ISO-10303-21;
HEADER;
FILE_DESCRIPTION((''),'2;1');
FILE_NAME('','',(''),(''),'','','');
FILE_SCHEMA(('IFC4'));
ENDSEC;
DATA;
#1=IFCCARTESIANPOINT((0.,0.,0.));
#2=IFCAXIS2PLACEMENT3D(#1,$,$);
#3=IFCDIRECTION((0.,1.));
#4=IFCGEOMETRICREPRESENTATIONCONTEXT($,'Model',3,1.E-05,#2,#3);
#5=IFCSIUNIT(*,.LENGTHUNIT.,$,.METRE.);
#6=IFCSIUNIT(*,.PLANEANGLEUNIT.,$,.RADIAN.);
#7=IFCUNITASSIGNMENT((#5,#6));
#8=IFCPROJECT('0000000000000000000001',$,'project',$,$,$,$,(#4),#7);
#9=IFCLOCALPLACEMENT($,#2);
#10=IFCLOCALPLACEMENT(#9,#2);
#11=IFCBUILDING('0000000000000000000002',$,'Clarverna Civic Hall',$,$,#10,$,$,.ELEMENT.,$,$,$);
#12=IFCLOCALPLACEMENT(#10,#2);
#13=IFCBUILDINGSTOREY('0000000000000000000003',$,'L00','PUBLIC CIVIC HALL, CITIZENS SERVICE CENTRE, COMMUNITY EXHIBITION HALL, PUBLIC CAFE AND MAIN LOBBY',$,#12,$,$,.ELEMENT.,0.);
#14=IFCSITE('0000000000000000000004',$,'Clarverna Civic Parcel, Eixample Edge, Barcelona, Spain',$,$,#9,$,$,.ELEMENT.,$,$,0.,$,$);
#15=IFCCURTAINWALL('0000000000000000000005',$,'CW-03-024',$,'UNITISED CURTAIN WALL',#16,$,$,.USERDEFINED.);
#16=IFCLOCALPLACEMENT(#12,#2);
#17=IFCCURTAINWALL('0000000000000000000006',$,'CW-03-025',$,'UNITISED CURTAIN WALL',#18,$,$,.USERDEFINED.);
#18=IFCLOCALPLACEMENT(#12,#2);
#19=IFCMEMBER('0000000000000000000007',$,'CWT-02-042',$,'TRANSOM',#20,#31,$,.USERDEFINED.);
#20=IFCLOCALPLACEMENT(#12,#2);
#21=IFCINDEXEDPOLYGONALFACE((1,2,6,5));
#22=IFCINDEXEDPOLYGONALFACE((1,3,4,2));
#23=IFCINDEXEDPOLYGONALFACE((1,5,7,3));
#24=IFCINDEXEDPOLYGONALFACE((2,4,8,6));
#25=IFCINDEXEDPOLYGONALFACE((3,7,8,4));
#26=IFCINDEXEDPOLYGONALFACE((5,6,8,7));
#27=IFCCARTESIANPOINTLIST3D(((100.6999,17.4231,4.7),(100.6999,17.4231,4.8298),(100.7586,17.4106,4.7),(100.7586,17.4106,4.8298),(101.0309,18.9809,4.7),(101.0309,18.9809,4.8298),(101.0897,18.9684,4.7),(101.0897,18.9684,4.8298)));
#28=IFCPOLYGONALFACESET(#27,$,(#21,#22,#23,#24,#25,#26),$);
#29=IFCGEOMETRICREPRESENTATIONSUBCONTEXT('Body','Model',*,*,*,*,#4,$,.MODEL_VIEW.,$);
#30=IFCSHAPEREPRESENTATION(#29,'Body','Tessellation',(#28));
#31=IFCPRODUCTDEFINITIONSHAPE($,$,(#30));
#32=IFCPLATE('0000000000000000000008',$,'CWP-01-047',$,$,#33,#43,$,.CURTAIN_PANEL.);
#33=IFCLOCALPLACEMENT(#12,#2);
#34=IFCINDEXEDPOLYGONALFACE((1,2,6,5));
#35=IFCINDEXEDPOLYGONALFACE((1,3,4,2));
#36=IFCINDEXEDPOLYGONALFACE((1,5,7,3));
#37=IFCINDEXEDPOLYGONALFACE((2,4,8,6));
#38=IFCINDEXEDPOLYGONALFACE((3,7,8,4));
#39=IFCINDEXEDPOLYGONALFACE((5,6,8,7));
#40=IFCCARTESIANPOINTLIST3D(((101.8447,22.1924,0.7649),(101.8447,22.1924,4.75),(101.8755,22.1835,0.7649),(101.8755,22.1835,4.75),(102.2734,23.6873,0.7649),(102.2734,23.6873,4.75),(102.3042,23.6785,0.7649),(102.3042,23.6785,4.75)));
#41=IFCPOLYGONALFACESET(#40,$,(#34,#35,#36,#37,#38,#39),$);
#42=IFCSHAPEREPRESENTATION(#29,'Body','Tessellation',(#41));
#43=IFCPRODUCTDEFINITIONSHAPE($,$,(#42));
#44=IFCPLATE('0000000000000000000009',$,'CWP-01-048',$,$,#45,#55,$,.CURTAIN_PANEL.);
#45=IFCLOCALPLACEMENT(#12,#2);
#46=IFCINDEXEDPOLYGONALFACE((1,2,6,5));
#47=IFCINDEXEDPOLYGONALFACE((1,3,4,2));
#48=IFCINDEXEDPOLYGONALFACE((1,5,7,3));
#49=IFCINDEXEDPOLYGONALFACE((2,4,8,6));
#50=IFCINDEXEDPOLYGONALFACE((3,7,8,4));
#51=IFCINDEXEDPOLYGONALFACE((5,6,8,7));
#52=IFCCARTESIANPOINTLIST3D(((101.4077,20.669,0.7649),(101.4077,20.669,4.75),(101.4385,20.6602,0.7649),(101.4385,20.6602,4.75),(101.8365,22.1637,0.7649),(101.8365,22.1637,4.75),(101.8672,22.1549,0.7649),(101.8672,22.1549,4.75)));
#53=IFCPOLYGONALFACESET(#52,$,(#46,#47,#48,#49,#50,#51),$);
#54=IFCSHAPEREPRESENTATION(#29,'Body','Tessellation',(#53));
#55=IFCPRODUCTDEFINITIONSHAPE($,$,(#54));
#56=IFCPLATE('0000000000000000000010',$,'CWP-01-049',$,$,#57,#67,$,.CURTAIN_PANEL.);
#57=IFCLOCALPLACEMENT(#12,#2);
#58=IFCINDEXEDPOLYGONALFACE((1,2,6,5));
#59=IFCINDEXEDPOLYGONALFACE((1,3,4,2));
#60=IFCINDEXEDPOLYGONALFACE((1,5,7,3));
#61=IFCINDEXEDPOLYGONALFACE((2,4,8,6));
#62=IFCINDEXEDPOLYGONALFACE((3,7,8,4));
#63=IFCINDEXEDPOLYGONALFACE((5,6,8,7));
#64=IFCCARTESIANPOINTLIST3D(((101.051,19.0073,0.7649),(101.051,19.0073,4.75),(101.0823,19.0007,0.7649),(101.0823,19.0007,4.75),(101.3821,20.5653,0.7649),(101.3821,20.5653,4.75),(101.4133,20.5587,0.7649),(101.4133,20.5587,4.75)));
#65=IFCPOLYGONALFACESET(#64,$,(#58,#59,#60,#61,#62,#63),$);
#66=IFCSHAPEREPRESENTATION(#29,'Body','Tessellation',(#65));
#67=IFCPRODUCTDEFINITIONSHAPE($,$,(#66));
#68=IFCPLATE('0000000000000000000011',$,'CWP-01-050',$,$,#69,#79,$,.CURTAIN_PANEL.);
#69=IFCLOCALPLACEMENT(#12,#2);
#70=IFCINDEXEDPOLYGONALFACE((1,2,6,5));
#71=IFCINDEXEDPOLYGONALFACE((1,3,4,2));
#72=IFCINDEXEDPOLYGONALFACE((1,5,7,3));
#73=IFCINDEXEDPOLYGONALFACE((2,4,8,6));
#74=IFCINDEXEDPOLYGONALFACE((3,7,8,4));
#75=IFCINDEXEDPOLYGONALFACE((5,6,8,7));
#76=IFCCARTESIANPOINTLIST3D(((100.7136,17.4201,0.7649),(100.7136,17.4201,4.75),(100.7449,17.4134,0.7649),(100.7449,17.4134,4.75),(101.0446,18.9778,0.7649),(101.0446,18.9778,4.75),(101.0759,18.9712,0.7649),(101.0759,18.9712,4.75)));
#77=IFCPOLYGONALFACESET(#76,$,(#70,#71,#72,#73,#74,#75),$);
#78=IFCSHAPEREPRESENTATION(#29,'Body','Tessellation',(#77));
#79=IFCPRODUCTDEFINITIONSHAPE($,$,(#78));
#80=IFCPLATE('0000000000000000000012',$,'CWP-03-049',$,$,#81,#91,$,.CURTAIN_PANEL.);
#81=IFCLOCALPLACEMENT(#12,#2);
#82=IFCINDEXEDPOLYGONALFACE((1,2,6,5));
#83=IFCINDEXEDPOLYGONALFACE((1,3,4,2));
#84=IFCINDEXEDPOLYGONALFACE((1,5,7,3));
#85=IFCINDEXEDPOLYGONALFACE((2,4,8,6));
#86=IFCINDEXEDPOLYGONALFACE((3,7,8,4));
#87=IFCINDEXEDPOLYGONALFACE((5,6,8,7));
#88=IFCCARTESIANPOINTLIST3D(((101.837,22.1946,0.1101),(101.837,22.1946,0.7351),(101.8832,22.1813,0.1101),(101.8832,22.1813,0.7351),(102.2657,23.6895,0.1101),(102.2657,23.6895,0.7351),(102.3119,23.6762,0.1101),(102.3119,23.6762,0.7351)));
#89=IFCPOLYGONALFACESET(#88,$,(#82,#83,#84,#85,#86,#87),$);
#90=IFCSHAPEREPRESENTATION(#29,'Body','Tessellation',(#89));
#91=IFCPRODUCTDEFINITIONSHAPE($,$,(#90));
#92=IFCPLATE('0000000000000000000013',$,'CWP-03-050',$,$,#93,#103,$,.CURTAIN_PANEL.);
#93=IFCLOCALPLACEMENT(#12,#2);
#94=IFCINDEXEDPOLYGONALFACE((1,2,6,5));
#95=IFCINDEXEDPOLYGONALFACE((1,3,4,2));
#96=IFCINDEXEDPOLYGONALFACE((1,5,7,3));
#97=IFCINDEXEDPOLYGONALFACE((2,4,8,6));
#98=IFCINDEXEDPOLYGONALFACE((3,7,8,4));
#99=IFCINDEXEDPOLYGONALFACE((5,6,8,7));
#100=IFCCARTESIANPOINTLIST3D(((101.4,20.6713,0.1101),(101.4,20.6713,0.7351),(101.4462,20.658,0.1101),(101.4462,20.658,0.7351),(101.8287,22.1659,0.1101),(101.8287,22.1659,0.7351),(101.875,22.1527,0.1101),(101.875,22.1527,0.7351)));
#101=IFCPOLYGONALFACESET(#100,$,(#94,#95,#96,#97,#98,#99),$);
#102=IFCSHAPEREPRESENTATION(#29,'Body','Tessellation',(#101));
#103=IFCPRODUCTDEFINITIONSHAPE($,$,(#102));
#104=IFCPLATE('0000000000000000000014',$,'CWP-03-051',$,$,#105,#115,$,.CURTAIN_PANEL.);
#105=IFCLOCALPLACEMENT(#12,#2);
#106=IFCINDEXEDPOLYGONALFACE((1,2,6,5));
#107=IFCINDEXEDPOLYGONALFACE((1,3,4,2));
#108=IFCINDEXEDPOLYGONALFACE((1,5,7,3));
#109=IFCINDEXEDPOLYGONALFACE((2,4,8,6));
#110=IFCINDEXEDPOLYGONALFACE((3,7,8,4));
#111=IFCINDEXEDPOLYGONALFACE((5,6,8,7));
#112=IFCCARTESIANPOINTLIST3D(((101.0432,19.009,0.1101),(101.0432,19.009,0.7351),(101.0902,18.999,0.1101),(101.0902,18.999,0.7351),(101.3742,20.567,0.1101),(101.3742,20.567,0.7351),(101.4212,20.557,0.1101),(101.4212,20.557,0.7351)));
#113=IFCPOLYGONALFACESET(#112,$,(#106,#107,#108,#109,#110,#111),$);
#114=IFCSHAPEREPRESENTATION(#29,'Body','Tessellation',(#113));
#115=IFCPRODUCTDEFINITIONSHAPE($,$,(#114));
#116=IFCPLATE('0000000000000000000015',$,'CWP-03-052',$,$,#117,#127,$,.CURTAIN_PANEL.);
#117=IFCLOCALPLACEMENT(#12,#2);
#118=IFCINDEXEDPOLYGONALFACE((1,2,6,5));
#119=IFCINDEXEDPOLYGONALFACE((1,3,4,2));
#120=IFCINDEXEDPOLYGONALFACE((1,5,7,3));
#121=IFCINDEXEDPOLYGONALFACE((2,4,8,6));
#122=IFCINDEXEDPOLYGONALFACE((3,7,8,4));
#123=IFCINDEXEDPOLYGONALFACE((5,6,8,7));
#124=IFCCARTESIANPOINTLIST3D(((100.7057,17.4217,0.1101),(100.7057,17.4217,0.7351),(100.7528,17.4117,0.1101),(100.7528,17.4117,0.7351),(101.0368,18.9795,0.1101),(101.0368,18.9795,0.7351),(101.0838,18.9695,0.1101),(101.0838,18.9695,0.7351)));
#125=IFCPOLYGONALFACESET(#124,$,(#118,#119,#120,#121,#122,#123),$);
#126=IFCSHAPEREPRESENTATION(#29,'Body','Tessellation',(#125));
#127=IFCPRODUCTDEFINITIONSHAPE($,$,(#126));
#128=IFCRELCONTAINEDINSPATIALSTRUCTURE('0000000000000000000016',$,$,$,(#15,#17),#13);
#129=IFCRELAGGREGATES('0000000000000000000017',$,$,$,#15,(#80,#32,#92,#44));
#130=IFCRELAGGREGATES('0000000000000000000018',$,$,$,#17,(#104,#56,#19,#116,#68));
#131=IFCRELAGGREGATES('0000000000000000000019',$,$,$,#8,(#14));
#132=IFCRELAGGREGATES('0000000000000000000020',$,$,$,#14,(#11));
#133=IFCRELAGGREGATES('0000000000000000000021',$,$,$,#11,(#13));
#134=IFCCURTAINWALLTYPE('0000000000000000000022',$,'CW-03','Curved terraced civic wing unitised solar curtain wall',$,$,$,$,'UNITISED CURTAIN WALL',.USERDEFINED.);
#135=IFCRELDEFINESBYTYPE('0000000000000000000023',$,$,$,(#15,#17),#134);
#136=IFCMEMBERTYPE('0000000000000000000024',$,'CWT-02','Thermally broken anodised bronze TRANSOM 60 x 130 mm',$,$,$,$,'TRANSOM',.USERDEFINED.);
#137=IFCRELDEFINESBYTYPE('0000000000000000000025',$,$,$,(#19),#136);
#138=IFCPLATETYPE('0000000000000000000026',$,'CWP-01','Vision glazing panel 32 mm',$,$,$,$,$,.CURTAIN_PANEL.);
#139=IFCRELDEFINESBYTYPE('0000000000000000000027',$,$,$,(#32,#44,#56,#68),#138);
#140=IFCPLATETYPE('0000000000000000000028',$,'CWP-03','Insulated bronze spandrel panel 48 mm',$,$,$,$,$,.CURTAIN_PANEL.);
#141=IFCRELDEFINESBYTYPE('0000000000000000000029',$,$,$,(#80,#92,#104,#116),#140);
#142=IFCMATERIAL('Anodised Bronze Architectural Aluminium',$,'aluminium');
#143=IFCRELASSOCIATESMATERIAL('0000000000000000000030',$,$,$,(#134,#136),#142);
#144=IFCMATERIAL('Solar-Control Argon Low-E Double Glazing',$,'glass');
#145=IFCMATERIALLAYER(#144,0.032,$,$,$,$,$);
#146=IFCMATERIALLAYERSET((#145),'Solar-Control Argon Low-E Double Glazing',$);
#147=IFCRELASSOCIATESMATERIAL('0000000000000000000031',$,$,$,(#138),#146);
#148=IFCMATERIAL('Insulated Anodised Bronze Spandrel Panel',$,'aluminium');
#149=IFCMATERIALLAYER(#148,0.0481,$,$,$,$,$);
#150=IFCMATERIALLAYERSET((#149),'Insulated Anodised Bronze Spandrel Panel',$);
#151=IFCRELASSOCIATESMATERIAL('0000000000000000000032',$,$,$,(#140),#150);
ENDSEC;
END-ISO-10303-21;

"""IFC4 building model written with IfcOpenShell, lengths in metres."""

from ifc_helpers import new_model, si_unit, direction, frame, frame_2d, origin, origin_2d, place, context, subcontext, project, spatial, rectangle, extrude, material, layer, layer_set, material_profile, profile_set, type_object, element, aggregate, save


model = new_model("IFC4")

# Units and contexts
model_context = context("Model", 3, precision=1e-05, world=origin(), true_north=direction((0.0, 1.0)))
body_context = subcontext(model_context, "Body", "Model", "MODEL_VIEW")
ifc_project = project(units=[si_unit("LENGTHUNIT", "METRE"), si_unit("PLANEANGLEUNIT", "RADIAN")], contexts=[model_context])

# Site, building, storey
site_placement = place(None, origin())
site = spatial("IfcSite", under=ifc_project, at=site_placement, Name="Clarverna Civic Parcel, Eixample Edge, Barcelona, Spain", CompositionType="ELEMENT", RefElevation=0.0)
building_placement = place(site_placement, origin())
building = spatial("IfcBuilding", under=site, at=building_placement, Name="Clarverna Civic Hall", CompositionType="ELEMENT")
storey_placement = place(building_placement, origin())
storey = spatial("IfcBuildingStorey", under=building, at=storey_placement, Name="L00", Description="PUBLIC CIVIC HALL, CITIZENS SERVICE CENTRE, COMMUNITY EXHIBITION HALL, PUBLIC CAFE AND MAIN LOBBY", CompositionType="ELEMENT", Elevation=0.0)

# Curtain walls
ifc_material_1 = material(Name="Anodised Bronze Architectural Aluminium", Category="aluminium")
curtain_wall_type = type_object("IfcCurtainWallType", Name="CW-03", Description="Curved terraced civic wing unitised solar curtain wall", ElementType="UNITISED CURTAIN WALL", PredefinedType="USERDEFINED", material=ifc_material_1)
curtain_wall_1_placement = place(storey_placement, origin())
curtain_wall_1 = element("IfcCurtainWall", 1, at=curtain_wall_1_placement, inside=storey, type_object=curtain_wall_type, Name="CW-03-024", ObjectType="UNITISED CURTAIN WALL", PredefinedType="USERDEFINED")
curtain_wall_2_placement = place(storey_placement, origin())
curtain_wall_2 = element("IfcCurtainWall", 2, at=curtain_wall_2_placement, inside=storey, type_object=curtain_wall_type, Name="CW-03-025", ObjectType="UNITISED CURTAIN WALL", PredefinedType="USERDEFINED")

# Member
ifc_material_profile_1 = material_profile(ifc_material_1, rectangle(XDim=0.0601, YDim=0.1299, at=origin_2d()), Name="BRONZE 60x130")
ifc_profile_set_1 = profile_set([ifc_material_profile_1], Name="Anodised Bronze Architectural Aluminium")
member_type_1 = type_object("IfcMemberType", Name="CWT-02", Description="Thermally broken anodised bronze TRANSOM 60 x 130 mm", ElementType="TRANSOM", PredefinedType="USERDEFINED", material=ifc_profile_set_1)
member_1_placement = place(storey_placement, frame((101.0603, 18.9746, 4.7649), z_axis=(-0.207864, -0.978158, 0.0), x_axis=(0.978158, -0.207864, 0.0)))
member_1 = element("IfcMember", 3, at=member_1_placement, type_object=member_type_1, Name="CWT-02-042", ObjectType="TRANSOM", PredefinedType="USERDEFINED", context=body_context, shape_type="SweptSolid", body=[
    extrude(rectangle(XDim=0.0601, YDim=0.1299, at=origin_2d()), origin(), (0.0, 0.0, 1.0), 1.5925),
])

# Plates
ifc_material_2 = material(Name="Solar-Control Argon Low-E Double Glazing", Category="glass")
ifc_layer_1 = layer(ifc_material_2, 0.032)
ifc_layer_set_1 = layer_set([ifc_layer_1], Name="Solar-Control Argon Low-E Double Glazing")
plate_type_1 = type_object("IfcPlateType", Name="CWP-01", Description="Vision glazing panel 32 mm", PredefinedType="CURTAIN_PANEL", material=ifc_layer_set_1)
plate_1_placement = place(storey_placement, frame((102.2888, 23.6829, 0.7649), z_axis=(0.0, 0.0, 1.0), x_axis=(-0.275675, -0.961251, 0.0)))
plate_1 = element("IfcPlate", 4, at=plate_1_placement, type_object=plate_type_1, Name="CWP-01-047", PredefinedType="CURTAIN_PANEL", context=body_context, shape_type="SweptSolid", body=[
    extrude(rectangle(XDim=1.5552, YDim=0.032, at=frame_2d((0.7776, 0.0))), origin(), (0.0, 0.0, 1.0), 3.9851),
])
plate_2_placement = place(storey_placement, frame((101.8518, 22.1592, 0.7649), z_axis=(0.0, 0.0, 1.0), x_axis=(-0.275716, -0.961239, 0.0)))
plate_2 = element("IfcPlate", 5, at=plate_2_placement, type_object=plate_type_1, Name="CWP-01-048", PredefinedType="CURTAIN_PANEL", context=body_context, shape_type="SweptSolid", body=[
    extrude(rectangle(XDim=1.5549, YDim=0.032, at=frame_2d((0.7773, 0.0))), origin(), (0.0, 0.0, 1.0), 3.9851),
])
plate_3_placement = place(storey_placement, frame((101.3977, 20.562, 0.7649), z_axis=(0.0, 0.0, 1.0), x_axis=(-0.207833, -0.978164, 0.0)))
plate_3 = element("IfcPlate", 6, at=plate_3_placement, type_object=plate_type_1, Name="CWP-01-049", PredefinedType="CURTAIN_PANEL", context=body_context, shape_type="SweptSolid", body=[
    extrude(rectangle(XDim=1.5928, YDim=0.032, at=frame_2d((0.7964, 0.0))), origin(), (0.0, 0.0, 1.0), 3.9851),
])
plate_4_placement = place(storey_placement, frame((101.0603, 18.9746, 0.7649), z_axis=(0.0, 0.0, 1.0), x_axis=(-0.207864, -0.978158, 0.0)))
plate_4 = element("IfcPlate", 7, at=plate_4_placement, type_object=plate_type_1, Name="CWP-01-050", PredefinedType="CURTAIN_PANEL", context=body_context, shape_type="SweptSolid", body=[
    extrude(rectangle(XDim=1.5925, YDim=0.032, at=frame_2d((0.7964, 0.0))), origin(), (0.0, 0.0, 1.0), 3.9851),
])
ifc_material_3 = material(Name="Insulated Anodised Bronze Spandrel Panel", Category="aluminium")
ifc_layer_2 = layer(ifc_material_3, 0.0481)
ifc_layer_set_2 = layer_set([ifc_layer_2], Name="Insulated Anodised Bronze Spandrel Panel")
plate_type_2 = type_object("IfcPlateType", Name="CWP-03", Description="Insulated bronze spandrel panel 48 mm", PredefinedType="CURTAIN_PANEL", material=ifc_layer_set_2)
plate_5_placement = place(storey_placement, frame((102.2888, 23.6829, 0.1101), z_axis=(0.0, 0.0, 1.0), x_axis=(-0.275675, -0.961251, 0.0)))
plate_5 = element("IfcPlate", 8, at=plate_5_placement, type_object=plate_type_2, Name="CWP-03-049", PredefinedType="CURTAIN_PANEL", context=body_context, shape_type="SweptSolid", body=[
    extrude(rectangle(XDim=1.5552, YDim=0.0481, at=frame_2d((0.7776, 0.0))), origin(), (0.0, 0.0, 1.0), 0.625),
])
plate_6_placement = place(storey_placement, frame((101.8518, 22.1592, 0.1101), z_axis=(0.0, 0.0, 1.0), x_axis=(-0.275716, -0.961239, 0.0)))
plate_6 = element("IfcPlate", 9, at=plate_6_placement, type_object=plate_type_2, Name="CWP-03-050", PredefinedType="CURTAIN_PANEL", context=body_context, shape_type="SweptSolid", body=[
    extrude(rectangle(XDim=1.5549, YDim=0.0481, at=frame_2d((0.7773, 0.0))), origin(), (0.0, 0.0, 1.0), 0.625),
])
aggregate(curtain_wall_1, [plate_5, plate_1, plate_6, plate_2])
plate_7_placement = place(storey_placement, frame((101.3977, 20.562, 0.1101), z_axis=(0.0, 0.0, 1.0), x_axis=(-0.207833, -0.978164, 0.0)))
plate_7 = element("IfcPlate", 10, at=plate_7_placement, type_object=plate_type_2, Name="CWP-03-051", PredefinedType="CURTAIN_PANEL", context=body_context, shape_type="SweptSolid", body=[
    extrude(rectangle(XDim=1.5928, YDim=0.0481, at=frame_2d((0.7964, 0.0))), origin(), (0.0, 0.0, 1.0), 0.625),
])
plate_8_placement = place(storey_placement, frame((101.0603, 18.9746, 0.1101), z_axis=(0.0, 0.0, 1.0), x_axis=(-0.207864, -0.978158, 0.0)))
plate_8 = element("IfcPlate", 11, at=plate_8_placement, type_object=plate_type_2, Name="CWP-03-052", PredefinedType="CURTAIN_PANEL", context=body_context, shape_type="SweptSolid", body=[
    extrude(rectangle(XDim=1.5925, YDim=0.0481, at=frame_2d((0.7964, 0.0))), origin(), (0.0, 0.0, 1.0), 0.625),
])
aggregate(curtain_wall_2, [plate_7, plate_3, member_1, plate_8, plate_4])

save(model, "model.ifc")
